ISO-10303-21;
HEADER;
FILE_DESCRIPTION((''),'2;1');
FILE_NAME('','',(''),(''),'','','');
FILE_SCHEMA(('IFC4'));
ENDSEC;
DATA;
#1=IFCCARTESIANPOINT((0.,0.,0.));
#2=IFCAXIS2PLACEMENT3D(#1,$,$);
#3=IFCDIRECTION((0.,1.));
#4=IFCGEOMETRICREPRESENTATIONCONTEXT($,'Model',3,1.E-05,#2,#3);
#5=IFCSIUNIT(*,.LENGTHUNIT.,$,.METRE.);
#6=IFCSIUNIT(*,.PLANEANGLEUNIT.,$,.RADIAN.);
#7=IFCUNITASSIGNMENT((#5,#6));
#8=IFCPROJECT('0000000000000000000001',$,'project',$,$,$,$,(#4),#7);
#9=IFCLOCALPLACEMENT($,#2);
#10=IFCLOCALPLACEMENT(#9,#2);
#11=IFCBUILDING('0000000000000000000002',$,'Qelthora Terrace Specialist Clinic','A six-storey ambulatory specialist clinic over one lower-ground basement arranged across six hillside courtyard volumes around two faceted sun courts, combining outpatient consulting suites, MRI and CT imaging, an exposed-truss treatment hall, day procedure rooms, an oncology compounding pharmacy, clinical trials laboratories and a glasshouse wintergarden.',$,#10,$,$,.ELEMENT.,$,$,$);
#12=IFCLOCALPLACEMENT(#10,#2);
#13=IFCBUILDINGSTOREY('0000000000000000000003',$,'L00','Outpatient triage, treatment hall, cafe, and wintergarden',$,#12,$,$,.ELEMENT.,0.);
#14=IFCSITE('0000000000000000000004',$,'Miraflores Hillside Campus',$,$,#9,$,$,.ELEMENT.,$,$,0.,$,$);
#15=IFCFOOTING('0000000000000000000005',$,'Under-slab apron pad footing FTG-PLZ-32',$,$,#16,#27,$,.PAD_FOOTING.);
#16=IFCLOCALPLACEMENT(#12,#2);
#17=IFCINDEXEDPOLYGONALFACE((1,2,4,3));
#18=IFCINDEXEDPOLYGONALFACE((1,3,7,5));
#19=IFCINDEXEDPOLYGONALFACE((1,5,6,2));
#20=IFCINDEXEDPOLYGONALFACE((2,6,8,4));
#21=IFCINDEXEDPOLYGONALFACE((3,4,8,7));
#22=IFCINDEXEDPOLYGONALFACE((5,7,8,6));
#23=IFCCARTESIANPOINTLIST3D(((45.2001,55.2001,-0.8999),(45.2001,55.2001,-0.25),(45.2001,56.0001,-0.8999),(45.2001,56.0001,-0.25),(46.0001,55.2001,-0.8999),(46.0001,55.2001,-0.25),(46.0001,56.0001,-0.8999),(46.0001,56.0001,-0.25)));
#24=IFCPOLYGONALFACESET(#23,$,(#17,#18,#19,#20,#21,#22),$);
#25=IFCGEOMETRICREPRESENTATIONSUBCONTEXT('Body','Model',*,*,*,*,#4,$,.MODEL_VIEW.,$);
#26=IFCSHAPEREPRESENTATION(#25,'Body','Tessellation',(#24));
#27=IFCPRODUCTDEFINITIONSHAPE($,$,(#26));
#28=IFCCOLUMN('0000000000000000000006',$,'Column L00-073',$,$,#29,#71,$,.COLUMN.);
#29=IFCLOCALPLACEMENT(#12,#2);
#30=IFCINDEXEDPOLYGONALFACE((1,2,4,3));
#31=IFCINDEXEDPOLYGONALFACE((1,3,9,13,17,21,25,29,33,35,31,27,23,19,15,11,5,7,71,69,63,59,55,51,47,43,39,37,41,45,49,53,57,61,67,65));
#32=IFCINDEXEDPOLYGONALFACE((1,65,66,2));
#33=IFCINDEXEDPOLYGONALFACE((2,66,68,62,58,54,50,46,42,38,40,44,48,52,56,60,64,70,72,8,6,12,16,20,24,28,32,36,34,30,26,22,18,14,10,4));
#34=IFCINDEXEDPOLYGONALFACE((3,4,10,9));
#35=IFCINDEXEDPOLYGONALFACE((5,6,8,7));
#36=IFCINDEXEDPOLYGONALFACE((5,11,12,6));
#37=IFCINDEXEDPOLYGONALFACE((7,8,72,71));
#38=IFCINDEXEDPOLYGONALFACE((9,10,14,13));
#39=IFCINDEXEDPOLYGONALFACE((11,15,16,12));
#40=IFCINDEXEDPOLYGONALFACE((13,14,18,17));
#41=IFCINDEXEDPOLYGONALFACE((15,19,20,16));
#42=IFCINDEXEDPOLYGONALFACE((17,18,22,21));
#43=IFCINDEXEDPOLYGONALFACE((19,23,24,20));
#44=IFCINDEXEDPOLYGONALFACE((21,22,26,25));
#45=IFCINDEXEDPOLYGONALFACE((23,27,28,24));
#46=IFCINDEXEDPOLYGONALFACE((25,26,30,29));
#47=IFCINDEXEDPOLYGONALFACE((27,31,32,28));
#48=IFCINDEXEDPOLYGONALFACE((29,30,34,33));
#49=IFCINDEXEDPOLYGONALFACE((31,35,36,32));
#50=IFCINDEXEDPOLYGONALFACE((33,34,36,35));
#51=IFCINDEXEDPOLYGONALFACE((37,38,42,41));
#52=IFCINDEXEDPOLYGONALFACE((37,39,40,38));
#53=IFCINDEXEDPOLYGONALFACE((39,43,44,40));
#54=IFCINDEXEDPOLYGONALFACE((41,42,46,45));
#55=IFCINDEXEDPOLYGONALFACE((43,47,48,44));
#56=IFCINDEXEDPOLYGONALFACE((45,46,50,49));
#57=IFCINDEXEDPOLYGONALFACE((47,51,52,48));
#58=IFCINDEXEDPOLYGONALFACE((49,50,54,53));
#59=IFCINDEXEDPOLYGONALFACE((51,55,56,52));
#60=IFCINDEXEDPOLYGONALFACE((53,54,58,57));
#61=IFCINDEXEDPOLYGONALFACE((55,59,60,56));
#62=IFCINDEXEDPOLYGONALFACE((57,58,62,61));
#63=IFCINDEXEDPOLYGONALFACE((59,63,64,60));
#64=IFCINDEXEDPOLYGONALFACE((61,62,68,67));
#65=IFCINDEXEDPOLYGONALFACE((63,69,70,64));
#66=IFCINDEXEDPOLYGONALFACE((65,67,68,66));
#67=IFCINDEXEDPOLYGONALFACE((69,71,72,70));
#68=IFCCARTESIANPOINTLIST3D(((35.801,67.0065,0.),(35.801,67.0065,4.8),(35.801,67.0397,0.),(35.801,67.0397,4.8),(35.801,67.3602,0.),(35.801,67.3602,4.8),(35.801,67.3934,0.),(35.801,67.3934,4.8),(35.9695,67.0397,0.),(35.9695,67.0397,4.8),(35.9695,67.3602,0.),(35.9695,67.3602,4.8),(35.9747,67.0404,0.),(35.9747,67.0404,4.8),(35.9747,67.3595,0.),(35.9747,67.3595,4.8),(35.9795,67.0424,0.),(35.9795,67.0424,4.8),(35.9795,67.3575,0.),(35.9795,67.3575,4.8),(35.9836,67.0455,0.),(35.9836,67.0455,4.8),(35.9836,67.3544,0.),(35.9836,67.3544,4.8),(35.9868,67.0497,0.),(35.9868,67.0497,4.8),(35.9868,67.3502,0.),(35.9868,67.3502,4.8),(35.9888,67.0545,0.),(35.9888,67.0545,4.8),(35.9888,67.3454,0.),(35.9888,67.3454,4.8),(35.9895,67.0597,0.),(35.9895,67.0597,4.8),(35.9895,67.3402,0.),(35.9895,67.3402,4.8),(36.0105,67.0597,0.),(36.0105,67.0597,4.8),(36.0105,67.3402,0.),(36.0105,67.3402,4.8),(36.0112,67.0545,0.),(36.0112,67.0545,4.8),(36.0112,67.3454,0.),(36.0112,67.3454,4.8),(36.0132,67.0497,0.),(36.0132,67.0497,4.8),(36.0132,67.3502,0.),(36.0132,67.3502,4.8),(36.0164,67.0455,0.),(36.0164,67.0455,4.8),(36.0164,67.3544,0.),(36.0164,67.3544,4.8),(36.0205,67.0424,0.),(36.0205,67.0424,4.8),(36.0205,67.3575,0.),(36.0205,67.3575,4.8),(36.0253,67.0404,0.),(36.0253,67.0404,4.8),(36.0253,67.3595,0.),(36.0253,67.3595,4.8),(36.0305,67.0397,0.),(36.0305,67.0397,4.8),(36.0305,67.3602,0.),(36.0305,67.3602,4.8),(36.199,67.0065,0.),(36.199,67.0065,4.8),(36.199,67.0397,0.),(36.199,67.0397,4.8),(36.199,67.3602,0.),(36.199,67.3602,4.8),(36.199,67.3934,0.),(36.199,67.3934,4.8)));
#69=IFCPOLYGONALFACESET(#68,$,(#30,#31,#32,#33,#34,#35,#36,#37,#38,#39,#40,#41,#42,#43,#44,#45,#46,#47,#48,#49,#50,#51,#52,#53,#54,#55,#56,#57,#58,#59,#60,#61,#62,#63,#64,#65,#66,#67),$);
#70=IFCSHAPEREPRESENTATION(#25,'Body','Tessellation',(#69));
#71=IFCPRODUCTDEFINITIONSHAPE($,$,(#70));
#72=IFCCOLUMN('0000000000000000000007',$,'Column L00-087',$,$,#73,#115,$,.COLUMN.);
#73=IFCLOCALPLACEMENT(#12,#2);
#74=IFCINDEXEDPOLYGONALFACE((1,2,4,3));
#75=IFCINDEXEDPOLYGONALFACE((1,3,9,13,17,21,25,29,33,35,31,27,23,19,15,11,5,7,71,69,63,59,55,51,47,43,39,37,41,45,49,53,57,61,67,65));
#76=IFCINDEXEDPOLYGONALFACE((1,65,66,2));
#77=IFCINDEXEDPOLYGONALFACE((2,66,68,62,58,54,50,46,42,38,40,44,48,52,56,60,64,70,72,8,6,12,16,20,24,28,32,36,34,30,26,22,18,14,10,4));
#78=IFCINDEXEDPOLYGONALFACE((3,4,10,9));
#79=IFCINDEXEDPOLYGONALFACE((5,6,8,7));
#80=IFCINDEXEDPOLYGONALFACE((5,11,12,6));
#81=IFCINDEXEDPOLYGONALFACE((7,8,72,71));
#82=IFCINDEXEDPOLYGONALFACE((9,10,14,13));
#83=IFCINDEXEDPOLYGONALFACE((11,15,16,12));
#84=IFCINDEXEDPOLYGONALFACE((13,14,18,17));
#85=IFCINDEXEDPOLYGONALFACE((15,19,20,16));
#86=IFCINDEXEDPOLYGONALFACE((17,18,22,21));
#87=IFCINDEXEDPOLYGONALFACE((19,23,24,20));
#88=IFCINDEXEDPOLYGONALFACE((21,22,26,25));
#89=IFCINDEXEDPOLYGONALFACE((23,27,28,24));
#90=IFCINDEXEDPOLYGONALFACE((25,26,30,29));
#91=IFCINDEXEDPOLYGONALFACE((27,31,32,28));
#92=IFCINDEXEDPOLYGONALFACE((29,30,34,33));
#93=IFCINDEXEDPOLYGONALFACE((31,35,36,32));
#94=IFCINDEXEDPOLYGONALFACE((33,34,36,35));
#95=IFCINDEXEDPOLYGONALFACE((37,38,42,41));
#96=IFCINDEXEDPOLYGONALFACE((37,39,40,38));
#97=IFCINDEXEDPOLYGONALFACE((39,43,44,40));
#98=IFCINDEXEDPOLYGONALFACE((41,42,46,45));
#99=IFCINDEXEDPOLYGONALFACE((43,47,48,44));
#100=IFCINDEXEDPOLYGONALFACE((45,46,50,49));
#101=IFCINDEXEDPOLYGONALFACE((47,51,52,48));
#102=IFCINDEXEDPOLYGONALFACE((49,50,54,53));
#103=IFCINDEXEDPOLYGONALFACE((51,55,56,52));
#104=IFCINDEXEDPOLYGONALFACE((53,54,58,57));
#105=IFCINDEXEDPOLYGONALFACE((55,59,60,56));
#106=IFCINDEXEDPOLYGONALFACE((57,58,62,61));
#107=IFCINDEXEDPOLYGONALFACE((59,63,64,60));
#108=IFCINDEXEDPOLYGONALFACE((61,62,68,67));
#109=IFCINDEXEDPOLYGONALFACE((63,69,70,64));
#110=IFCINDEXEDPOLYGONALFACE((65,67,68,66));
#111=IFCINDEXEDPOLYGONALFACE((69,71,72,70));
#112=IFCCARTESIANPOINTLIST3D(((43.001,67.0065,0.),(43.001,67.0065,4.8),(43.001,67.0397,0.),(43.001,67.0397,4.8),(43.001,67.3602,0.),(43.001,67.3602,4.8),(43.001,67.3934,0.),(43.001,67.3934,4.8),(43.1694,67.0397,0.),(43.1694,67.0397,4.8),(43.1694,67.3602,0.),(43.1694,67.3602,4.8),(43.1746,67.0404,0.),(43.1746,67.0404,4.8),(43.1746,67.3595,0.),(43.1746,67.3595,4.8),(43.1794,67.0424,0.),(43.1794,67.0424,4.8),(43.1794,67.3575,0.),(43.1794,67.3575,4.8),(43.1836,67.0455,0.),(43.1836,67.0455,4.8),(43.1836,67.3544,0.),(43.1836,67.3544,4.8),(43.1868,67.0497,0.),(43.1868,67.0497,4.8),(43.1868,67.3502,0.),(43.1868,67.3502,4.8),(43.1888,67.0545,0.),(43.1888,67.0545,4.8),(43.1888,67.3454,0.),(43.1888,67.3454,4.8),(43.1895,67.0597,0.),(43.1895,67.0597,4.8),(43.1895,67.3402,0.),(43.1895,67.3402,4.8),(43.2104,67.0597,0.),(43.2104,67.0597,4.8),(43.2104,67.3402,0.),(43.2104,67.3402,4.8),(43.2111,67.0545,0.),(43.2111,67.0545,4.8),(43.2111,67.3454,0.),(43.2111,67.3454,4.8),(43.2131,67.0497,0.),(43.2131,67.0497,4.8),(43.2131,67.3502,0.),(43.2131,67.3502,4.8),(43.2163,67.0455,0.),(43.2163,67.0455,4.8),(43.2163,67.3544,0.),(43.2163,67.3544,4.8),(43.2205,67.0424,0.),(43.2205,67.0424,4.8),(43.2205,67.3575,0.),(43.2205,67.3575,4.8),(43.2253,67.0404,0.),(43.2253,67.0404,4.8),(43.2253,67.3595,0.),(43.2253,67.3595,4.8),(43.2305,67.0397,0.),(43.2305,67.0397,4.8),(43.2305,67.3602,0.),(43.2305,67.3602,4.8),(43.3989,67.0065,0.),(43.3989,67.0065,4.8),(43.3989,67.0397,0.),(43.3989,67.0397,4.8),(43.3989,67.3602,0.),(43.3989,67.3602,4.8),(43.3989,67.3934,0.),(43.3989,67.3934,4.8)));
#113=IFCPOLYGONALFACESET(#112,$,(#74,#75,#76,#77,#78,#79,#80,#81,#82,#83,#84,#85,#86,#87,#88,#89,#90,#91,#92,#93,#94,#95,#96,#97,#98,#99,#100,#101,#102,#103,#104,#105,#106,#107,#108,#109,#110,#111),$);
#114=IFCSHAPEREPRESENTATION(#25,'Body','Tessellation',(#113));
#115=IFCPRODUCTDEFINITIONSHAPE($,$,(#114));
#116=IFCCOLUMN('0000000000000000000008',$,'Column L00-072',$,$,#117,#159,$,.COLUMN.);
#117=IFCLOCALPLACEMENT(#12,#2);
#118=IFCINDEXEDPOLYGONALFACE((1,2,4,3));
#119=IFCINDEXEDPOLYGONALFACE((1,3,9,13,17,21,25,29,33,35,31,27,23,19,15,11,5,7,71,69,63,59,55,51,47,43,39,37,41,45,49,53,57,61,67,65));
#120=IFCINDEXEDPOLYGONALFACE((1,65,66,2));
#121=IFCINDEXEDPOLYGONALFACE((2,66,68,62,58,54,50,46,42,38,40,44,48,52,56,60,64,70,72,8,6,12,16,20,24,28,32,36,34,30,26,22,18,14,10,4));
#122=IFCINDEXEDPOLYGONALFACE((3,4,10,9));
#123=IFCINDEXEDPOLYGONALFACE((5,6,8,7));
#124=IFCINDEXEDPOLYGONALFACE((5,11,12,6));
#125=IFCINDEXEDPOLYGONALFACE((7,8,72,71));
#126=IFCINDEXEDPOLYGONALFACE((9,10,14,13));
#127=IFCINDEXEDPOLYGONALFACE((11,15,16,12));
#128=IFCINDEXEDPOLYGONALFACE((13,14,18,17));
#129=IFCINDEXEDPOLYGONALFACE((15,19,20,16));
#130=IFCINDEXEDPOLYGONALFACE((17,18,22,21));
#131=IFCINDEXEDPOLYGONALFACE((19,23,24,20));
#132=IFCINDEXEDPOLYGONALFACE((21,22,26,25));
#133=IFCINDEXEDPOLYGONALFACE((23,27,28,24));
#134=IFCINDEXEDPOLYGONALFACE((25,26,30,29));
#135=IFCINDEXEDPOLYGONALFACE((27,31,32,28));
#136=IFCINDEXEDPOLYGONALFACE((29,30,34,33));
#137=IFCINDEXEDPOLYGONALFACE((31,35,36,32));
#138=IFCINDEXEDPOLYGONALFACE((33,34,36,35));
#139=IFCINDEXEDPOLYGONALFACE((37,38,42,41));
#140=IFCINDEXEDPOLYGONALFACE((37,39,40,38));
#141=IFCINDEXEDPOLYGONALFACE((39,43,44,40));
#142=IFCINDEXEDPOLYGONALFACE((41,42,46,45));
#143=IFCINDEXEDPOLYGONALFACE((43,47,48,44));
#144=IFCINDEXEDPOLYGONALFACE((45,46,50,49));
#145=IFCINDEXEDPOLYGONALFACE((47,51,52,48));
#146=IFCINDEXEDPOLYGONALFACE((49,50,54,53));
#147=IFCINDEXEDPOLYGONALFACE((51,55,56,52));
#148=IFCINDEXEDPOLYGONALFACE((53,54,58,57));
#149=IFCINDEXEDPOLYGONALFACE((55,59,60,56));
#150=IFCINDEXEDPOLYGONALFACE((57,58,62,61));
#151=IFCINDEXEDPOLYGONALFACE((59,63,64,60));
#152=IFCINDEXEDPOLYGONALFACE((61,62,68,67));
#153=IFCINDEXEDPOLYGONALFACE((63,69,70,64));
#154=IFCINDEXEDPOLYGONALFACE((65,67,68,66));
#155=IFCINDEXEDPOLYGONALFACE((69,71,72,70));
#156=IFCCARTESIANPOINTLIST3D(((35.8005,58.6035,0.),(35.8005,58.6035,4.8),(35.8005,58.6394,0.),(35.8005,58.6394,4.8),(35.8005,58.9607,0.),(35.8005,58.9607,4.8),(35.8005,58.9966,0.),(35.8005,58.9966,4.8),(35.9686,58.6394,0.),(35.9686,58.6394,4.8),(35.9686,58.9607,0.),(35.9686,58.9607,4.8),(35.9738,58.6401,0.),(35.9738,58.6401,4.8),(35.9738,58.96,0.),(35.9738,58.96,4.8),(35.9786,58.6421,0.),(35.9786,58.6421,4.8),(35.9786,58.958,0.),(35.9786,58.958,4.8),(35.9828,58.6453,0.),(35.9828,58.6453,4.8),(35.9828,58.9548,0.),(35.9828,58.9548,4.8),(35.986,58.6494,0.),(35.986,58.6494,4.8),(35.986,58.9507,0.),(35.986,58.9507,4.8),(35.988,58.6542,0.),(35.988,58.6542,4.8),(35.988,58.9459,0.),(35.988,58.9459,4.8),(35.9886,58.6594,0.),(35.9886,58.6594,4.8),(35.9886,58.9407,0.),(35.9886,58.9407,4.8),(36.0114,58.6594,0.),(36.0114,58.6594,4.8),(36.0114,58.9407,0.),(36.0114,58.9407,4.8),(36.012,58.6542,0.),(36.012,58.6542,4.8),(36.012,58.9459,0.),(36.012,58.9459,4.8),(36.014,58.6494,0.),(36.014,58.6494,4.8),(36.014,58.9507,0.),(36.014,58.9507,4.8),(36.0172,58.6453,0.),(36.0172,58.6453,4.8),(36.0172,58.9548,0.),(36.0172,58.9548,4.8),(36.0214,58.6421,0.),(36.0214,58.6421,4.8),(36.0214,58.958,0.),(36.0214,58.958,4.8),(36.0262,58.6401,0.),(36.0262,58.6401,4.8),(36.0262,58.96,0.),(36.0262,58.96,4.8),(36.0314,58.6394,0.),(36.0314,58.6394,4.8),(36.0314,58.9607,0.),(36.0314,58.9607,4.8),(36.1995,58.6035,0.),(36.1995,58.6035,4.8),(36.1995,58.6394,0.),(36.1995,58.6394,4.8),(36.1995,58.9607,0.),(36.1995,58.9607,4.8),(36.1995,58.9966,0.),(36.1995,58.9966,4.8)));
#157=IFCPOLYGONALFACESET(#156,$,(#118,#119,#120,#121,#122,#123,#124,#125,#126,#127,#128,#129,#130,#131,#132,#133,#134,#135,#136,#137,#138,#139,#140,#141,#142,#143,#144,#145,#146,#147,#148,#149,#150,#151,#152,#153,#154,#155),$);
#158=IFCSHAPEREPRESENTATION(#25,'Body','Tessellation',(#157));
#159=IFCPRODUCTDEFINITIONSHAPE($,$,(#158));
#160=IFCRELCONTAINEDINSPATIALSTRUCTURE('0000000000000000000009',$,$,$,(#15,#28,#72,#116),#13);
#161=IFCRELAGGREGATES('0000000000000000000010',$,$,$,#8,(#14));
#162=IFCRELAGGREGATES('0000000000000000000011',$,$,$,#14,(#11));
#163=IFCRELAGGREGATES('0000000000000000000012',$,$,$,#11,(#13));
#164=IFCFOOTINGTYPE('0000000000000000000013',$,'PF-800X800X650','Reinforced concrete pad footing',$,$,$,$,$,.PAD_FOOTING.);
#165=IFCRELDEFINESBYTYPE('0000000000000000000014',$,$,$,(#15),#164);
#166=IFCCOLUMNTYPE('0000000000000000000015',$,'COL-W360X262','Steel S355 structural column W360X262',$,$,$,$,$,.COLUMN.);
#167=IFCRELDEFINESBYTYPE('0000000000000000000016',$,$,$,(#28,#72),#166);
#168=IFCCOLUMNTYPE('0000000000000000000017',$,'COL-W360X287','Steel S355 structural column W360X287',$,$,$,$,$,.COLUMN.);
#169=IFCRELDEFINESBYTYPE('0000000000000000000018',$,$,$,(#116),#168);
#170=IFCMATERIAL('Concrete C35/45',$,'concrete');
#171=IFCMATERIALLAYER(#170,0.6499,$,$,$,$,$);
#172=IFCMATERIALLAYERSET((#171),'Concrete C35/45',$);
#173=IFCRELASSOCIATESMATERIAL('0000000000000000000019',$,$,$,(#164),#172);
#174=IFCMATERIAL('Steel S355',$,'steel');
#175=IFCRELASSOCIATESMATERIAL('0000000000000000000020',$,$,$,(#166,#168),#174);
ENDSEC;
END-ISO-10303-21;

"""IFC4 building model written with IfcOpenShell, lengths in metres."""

from ifc_helpers import new_model, si_unit, direction, frame, origin, origin_2d, place, context, subcontext, project, spatial, rectangle, i_section, extrude, material, layer, layer_set, material_profile, profile_set, type_object, element, save


model = new_model("IFC4")

# Units and contexts
model_context = context("Model", 3, precision=1e-05, world=origin(), true_north=direction((0.0, 1.0)))
body_context = subcontext(model_context, "Body", "Model", "MODEL_VIEW")
ifc_project = project(units=[si_unit("LENGTHUNIT", "METRE"), si_unit("PLANEANGLEUNIT", "RADIAN")], contexts=[model_context])

# Site, building, storey
site_placement = place(None, origin())
site = spatial("IfcSite", under=ifc_project, at=site_placement, Name="Miraflores Hillside Campus", CompositionType="ELEMENT", RefElevation=0.0)
building_placement = place(site_placement, origin())
building = spatial("IfcBuilding", under=site, at=building_placement, Name="Qelthora Terrace Specialist Clinic", Description="A six-storey ambulatory specialist clinic over one lower-ground basement arranged across six hillside courtyard volumes around two faceted sun courts, combining outpatient consulting suites, MRI and CT imaging, an exposed-truss treatment hall, day procedure rooms, an oncology compounding pharmacy, clinical trials laboratories and a glasshouse wintergarden.", CompositionType="ELEMENT")
storey_placement = place(building_placement, origin())
storey = spatial("IfcBuildingStorey", under=building, at=storey_placement, Name="L00", Description="Outpatient triage, treatment hall, cafe, and wintergarden", CompositionType="ELEMENT", Elevation=0.0)

# Footing
ifc_material_1 = material(Name="Concrete C35/45", Category="concrete")
ifc_layer_1 = layer(ifc_material_1, 0.6499)
ifc_layer_set_1 = layer_set([ifc_layer_1], Name="Concrete C35/45")
footing_type = type_object("IfcFootingType", Name="PF-800X800X650", Description="Reinforced concrete pad footing", PredefinedType="PAD_FOOTING", material=ifc_layer_set_1)
footing_placement = place(storey_placement, frame((45.6001, 55.6001, -0.8999), z_axis=(0.0, 0.0, 1.0), x_axis=(1.0, 0.0, 0.0)))
element("IfcFooting", 1, at=footing_placement, inside=storey, type_object=footing_type, Name="Under-slab apron pad footing FTG-PLZ-32", PredefinedType="PAD_FOOTING", context=body_context, shape_type="SweptSolid", body=[
    extrude(rectangle(XDim=0.8, YDim=0.8, at=origin_2d()), origin(), (0.0, 0.0, 1.0), 0.6499),
])

# Columns
ifc_material_2 = material(Name="Steel S355", Category="steel")
ifc_material_profile_1 = material_profile(ifc_material_2, i_section(OverallWidth=0.3979, OverallDepth=0.387, WebThickness=0.021, FlangeThickness=0.0332, FilletRadius=0.02, at=origin_2d()), Name="W360X262")
ifc_profile_set_1 = profile_set([ifc_material_profile_1], Name="Steel S355")
column_type_1 = type_object("IfcColumnType", Name="COL-W360X262", Description="Steel S355 structural column W360X262", PredefinedType="COLUMN", material=ifc_profile_set_1)
for number, where, z_axis, x_axis, name in (
    (2, (36.0, 67.2, 0.0), (0.0, 0.0, 1.0), (1.0, 0.0, 0.0), "Column L00-073"),
    (3, (43.2, 67.2, 0.0), (0.0, 0.0, 1.0), (1.0, 0.0, 0.0), "Column L00-087"),
):
    element("IfcColumn", number, at=place(storey_placement, frame(where, z_axis=z_axis, x_axis=x_axis)), inside=storey, type_object=column_type_1, Name=name, PredefinedType="COLUMN", context=body_context, shape_type="SweptSolid", body=[
        extrude(i_section(OverallWidth=0.3979, OverallDepth=0.387, WebThickness=0.021, FlangeThickness=0.0332, FilletRadius=0.02, at=origin_2d()), origin(), (0.0, 0.0, 1.0), 4.8),
    ])
ifc_material_profile_2 = material_profile(ifc_material_2, i_section(OverallWidth=0.3989, OverallDepth=0.3931, WebThickness=0.0227, FlangeThickness=0.0359, FilletRadius=0.02, at=origin_2d()), Name="W360X287")
ifc_profile_set_2 = profile_set([ifc_material_profile_2], Name="Steel S355")
column_type_2 = type_object("IfcColumnType", Name="COL-W360X287", Description="Steel S355 structural column W360X287", PredefinedType="COLUMN", material=ifc_profile_set_2)
for number, where, z_axis, x_axis, name in (
    (4, (36.0, 58.8, 0.0), (0.0, 0.0, 1.0), (1.0, 0.0, 0.0), "Column L00-072"),
):
    element("IfcColumn", number, at=place(storey_placement, frame(where, z_axis=z_axis, x_axis=x_axis)), inside=storey, type_object=column_type_2, Name=name, PredefinedType="COLUMN", context=body_context, shape_type="SweptSolid", body=[
        extrude(i_section(OverallWidth=0.3989, OverallDepth=0.3931, WebThickness=0.0227, FlangeThickness=0.0359, FilletRadius=0.02, at=origin_2d()), origin(), (0.0, 0.0, 1.0), 4.8),
    ])

save(model, "model.ifc")
